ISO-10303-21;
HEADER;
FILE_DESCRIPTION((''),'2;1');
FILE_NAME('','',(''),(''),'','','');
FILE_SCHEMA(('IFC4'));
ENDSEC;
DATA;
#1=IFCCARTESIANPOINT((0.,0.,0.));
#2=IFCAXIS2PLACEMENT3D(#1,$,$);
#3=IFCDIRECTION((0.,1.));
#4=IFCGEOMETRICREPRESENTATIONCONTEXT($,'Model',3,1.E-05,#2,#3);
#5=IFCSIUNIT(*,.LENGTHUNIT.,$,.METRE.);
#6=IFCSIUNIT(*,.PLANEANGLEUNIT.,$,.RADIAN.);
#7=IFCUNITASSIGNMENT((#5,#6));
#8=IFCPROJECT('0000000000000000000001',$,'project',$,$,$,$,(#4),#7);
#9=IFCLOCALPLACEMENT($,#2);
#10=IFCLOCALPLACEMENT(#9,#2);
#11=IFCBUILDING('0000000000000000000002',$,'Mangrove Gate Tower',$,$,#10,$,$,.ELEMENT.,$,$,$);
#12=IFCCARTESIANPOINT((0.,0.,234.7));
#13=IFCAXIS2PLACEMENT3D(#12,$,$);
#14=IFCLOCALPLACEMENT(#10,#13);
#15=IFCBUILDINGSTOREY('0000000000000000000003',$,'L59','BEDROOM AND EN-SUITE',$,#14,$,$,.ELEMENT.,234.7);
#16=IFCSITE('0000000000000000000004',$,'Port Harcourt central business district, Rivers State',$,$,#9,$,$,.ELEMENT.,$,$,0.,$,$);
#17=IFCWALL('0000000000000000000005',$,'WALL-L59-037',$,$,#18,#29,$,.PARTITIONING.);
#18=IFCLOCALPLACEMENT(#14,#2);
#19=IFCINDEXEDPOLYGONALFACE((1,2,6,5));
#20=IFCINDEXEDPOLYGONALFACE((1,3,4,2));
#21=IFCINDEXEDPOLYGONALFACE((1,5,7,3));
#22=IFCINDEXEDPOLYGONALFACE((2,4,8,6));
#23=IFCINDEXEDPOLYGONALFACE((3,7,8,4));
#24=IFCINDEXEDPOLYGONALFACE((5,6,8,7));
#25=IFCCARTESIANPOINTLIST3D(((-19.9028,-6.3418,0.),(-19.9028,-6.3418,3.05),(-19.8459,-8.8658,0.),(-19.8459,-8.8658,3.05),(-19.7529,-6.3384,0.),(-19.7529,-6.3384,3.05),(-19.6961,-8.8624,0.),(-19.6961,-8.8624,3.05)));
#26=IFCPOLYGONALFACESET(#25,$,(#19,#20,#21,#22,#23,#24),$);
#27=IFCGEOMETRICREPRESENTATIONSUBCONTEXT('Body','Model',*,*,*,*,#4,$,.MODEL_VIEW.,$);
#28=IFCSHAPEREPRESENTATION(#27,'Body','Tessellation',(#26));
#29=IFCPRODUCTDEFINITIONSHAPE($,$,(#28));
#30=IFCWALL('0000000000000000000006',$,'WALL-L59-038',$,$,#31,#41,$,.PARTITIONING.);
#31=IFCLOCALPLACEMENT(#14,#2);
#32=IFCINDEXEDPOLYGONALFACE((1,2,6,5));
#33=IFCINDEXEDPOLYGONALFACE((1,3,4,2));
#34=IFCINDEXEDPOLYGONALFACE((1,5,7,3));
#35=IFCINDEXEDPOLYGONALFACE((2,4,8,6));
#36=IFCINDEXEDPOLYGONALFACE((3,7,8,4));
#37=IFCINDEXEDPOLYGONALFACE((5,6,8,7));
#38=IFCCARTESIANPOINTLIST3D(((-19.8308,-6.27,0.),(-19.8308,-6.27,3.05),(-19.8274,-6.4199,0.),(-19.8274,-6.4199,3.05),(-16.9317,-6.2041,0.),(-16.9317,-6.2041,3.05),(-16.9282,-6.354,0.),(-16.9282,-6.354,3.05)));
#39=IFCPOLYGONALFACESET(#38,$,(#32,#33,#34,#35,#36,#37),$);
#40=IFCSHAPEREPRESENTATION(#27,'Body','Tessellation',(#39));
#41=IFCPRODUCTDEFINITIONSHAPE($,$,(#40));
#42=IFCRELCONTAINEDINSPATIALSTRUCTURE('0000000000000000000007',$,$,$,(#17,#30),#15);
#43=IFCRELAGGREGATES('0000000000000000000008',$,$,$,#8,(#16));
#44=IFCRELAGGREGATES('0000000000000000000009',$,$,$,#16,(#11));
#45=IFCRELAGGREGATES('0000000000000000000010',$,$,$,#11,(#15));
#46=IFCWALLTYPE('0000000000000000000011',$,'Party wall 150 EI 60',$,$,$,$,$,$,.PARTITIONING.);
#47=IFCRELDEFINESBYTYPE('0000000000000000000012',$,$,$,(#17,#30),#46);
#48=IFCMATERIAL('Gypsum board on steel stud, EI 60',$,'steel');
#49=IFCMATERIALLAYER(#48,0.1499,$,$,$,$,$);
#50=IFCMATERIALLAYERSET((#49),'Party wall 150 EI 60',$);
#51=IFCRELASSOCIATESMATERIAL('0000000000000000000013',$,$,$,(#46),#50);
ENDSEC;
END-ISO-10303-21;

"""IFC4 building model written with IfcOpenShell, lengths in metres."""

from ifc_helpers import new_model, si_unit, direction, frame, frame_2d, origin, place, context, subcontext, project, spatial, rectangle, extrude, material, layer, layer_set, type_object, element, save


model = new_model("IFC4")

# Units and contexts
model_context = context("Model", 3, precision=1e-05, world=origin(), true_north=direction((0.0, 1.0)))
body_context = subcontext(model_context, "Body", "Model", "MODEL_VIEW")
ifc_project = project(units=[si_unit("LENGTHUNIT", "METRE"), si_unit("PLANEANGLEUNIT", "RADIAN")], contexts=[model_context])

# Site, building, storey
site_placement = place(None, origin())
site = spatial("IfcSite", under=ifc_project, at=site_placement, Name="Port Harcourt central business district, Rivers State", CompositionType="ELEMENT", RefElevation=0.0)
building_placement = place(site_placement, origin())
building = spatial("IfcBuilding", under=site, at=building_placement, Name="Mangrove Gate Tower", CompositionType="ELEMENT")
storey_placement = place(building_placement, frame((0.0, 0.0, 234.7)))
storey = spatial("IfcBuildingStorey", under=building, at=storey_placement, Name="L59", Description="BEDROOM AND EN-SUITE", CompositionType="ELEMENT", Elevation=234.7)

# Walls
ifc_material_1 = material(Name="Gypsum board on steel stud, EI 60", Category="steel")
ifc_layer_1 = layer(ifc_material_1, 0.1499)
ifc_layer_set_1 = layer_set([ifc_layer_1], Name="Party wall 150 EI 60")
wall_type_1 = type_object("IfcWallType", Name="Party wall 150 EI 60", PredefinedType="PARTITIONING", material=ifc_layer_set_1)
wall_1_placement = place(storey_placement, frame((-19.771, -8.864, 0.0), z_axis=(0.0, 0.0, 1.0), x_axis=(-0.022532, 0.999746, 0.0)))
element("IfcWall", 1, at=wall_1_placement, inside=storey, type_object=wall_type_1, Name="WALL-L59-037", PredefinedType="PARTITIONING", context=body_context, shape_type="SweptSolid", body=[
    extrude(rectangle(XDim=2.5247, YDim=0.1499, at=frame_2d((1.2622, 0.0))), origin(), (0.0, 0.0, 1.0), 3.05),
])
wall_2_placement = place(storey_placement, frame((-19.8291, -6.345, 0.0), z_axis=(0.0, 0.0, 1.0), x_axis=(0.999742, 0.022731, 0.0)))
element("IfcWall", 2, at=wall_2_placement, inside=storey, type_object=wall_type_1, Name="WALL-L59-038", PredefinedType="PARTITIONING", context=body_context, shape_type="SweptSolid", body=[
    extrude(rectangle(XDim=2.8999, YDim=0.1499, at=frame_2d((1.45, 0.0))), origin(), (0.0, 0.0, 1.0), 3.05),
])

save(model, "model.ifc")
